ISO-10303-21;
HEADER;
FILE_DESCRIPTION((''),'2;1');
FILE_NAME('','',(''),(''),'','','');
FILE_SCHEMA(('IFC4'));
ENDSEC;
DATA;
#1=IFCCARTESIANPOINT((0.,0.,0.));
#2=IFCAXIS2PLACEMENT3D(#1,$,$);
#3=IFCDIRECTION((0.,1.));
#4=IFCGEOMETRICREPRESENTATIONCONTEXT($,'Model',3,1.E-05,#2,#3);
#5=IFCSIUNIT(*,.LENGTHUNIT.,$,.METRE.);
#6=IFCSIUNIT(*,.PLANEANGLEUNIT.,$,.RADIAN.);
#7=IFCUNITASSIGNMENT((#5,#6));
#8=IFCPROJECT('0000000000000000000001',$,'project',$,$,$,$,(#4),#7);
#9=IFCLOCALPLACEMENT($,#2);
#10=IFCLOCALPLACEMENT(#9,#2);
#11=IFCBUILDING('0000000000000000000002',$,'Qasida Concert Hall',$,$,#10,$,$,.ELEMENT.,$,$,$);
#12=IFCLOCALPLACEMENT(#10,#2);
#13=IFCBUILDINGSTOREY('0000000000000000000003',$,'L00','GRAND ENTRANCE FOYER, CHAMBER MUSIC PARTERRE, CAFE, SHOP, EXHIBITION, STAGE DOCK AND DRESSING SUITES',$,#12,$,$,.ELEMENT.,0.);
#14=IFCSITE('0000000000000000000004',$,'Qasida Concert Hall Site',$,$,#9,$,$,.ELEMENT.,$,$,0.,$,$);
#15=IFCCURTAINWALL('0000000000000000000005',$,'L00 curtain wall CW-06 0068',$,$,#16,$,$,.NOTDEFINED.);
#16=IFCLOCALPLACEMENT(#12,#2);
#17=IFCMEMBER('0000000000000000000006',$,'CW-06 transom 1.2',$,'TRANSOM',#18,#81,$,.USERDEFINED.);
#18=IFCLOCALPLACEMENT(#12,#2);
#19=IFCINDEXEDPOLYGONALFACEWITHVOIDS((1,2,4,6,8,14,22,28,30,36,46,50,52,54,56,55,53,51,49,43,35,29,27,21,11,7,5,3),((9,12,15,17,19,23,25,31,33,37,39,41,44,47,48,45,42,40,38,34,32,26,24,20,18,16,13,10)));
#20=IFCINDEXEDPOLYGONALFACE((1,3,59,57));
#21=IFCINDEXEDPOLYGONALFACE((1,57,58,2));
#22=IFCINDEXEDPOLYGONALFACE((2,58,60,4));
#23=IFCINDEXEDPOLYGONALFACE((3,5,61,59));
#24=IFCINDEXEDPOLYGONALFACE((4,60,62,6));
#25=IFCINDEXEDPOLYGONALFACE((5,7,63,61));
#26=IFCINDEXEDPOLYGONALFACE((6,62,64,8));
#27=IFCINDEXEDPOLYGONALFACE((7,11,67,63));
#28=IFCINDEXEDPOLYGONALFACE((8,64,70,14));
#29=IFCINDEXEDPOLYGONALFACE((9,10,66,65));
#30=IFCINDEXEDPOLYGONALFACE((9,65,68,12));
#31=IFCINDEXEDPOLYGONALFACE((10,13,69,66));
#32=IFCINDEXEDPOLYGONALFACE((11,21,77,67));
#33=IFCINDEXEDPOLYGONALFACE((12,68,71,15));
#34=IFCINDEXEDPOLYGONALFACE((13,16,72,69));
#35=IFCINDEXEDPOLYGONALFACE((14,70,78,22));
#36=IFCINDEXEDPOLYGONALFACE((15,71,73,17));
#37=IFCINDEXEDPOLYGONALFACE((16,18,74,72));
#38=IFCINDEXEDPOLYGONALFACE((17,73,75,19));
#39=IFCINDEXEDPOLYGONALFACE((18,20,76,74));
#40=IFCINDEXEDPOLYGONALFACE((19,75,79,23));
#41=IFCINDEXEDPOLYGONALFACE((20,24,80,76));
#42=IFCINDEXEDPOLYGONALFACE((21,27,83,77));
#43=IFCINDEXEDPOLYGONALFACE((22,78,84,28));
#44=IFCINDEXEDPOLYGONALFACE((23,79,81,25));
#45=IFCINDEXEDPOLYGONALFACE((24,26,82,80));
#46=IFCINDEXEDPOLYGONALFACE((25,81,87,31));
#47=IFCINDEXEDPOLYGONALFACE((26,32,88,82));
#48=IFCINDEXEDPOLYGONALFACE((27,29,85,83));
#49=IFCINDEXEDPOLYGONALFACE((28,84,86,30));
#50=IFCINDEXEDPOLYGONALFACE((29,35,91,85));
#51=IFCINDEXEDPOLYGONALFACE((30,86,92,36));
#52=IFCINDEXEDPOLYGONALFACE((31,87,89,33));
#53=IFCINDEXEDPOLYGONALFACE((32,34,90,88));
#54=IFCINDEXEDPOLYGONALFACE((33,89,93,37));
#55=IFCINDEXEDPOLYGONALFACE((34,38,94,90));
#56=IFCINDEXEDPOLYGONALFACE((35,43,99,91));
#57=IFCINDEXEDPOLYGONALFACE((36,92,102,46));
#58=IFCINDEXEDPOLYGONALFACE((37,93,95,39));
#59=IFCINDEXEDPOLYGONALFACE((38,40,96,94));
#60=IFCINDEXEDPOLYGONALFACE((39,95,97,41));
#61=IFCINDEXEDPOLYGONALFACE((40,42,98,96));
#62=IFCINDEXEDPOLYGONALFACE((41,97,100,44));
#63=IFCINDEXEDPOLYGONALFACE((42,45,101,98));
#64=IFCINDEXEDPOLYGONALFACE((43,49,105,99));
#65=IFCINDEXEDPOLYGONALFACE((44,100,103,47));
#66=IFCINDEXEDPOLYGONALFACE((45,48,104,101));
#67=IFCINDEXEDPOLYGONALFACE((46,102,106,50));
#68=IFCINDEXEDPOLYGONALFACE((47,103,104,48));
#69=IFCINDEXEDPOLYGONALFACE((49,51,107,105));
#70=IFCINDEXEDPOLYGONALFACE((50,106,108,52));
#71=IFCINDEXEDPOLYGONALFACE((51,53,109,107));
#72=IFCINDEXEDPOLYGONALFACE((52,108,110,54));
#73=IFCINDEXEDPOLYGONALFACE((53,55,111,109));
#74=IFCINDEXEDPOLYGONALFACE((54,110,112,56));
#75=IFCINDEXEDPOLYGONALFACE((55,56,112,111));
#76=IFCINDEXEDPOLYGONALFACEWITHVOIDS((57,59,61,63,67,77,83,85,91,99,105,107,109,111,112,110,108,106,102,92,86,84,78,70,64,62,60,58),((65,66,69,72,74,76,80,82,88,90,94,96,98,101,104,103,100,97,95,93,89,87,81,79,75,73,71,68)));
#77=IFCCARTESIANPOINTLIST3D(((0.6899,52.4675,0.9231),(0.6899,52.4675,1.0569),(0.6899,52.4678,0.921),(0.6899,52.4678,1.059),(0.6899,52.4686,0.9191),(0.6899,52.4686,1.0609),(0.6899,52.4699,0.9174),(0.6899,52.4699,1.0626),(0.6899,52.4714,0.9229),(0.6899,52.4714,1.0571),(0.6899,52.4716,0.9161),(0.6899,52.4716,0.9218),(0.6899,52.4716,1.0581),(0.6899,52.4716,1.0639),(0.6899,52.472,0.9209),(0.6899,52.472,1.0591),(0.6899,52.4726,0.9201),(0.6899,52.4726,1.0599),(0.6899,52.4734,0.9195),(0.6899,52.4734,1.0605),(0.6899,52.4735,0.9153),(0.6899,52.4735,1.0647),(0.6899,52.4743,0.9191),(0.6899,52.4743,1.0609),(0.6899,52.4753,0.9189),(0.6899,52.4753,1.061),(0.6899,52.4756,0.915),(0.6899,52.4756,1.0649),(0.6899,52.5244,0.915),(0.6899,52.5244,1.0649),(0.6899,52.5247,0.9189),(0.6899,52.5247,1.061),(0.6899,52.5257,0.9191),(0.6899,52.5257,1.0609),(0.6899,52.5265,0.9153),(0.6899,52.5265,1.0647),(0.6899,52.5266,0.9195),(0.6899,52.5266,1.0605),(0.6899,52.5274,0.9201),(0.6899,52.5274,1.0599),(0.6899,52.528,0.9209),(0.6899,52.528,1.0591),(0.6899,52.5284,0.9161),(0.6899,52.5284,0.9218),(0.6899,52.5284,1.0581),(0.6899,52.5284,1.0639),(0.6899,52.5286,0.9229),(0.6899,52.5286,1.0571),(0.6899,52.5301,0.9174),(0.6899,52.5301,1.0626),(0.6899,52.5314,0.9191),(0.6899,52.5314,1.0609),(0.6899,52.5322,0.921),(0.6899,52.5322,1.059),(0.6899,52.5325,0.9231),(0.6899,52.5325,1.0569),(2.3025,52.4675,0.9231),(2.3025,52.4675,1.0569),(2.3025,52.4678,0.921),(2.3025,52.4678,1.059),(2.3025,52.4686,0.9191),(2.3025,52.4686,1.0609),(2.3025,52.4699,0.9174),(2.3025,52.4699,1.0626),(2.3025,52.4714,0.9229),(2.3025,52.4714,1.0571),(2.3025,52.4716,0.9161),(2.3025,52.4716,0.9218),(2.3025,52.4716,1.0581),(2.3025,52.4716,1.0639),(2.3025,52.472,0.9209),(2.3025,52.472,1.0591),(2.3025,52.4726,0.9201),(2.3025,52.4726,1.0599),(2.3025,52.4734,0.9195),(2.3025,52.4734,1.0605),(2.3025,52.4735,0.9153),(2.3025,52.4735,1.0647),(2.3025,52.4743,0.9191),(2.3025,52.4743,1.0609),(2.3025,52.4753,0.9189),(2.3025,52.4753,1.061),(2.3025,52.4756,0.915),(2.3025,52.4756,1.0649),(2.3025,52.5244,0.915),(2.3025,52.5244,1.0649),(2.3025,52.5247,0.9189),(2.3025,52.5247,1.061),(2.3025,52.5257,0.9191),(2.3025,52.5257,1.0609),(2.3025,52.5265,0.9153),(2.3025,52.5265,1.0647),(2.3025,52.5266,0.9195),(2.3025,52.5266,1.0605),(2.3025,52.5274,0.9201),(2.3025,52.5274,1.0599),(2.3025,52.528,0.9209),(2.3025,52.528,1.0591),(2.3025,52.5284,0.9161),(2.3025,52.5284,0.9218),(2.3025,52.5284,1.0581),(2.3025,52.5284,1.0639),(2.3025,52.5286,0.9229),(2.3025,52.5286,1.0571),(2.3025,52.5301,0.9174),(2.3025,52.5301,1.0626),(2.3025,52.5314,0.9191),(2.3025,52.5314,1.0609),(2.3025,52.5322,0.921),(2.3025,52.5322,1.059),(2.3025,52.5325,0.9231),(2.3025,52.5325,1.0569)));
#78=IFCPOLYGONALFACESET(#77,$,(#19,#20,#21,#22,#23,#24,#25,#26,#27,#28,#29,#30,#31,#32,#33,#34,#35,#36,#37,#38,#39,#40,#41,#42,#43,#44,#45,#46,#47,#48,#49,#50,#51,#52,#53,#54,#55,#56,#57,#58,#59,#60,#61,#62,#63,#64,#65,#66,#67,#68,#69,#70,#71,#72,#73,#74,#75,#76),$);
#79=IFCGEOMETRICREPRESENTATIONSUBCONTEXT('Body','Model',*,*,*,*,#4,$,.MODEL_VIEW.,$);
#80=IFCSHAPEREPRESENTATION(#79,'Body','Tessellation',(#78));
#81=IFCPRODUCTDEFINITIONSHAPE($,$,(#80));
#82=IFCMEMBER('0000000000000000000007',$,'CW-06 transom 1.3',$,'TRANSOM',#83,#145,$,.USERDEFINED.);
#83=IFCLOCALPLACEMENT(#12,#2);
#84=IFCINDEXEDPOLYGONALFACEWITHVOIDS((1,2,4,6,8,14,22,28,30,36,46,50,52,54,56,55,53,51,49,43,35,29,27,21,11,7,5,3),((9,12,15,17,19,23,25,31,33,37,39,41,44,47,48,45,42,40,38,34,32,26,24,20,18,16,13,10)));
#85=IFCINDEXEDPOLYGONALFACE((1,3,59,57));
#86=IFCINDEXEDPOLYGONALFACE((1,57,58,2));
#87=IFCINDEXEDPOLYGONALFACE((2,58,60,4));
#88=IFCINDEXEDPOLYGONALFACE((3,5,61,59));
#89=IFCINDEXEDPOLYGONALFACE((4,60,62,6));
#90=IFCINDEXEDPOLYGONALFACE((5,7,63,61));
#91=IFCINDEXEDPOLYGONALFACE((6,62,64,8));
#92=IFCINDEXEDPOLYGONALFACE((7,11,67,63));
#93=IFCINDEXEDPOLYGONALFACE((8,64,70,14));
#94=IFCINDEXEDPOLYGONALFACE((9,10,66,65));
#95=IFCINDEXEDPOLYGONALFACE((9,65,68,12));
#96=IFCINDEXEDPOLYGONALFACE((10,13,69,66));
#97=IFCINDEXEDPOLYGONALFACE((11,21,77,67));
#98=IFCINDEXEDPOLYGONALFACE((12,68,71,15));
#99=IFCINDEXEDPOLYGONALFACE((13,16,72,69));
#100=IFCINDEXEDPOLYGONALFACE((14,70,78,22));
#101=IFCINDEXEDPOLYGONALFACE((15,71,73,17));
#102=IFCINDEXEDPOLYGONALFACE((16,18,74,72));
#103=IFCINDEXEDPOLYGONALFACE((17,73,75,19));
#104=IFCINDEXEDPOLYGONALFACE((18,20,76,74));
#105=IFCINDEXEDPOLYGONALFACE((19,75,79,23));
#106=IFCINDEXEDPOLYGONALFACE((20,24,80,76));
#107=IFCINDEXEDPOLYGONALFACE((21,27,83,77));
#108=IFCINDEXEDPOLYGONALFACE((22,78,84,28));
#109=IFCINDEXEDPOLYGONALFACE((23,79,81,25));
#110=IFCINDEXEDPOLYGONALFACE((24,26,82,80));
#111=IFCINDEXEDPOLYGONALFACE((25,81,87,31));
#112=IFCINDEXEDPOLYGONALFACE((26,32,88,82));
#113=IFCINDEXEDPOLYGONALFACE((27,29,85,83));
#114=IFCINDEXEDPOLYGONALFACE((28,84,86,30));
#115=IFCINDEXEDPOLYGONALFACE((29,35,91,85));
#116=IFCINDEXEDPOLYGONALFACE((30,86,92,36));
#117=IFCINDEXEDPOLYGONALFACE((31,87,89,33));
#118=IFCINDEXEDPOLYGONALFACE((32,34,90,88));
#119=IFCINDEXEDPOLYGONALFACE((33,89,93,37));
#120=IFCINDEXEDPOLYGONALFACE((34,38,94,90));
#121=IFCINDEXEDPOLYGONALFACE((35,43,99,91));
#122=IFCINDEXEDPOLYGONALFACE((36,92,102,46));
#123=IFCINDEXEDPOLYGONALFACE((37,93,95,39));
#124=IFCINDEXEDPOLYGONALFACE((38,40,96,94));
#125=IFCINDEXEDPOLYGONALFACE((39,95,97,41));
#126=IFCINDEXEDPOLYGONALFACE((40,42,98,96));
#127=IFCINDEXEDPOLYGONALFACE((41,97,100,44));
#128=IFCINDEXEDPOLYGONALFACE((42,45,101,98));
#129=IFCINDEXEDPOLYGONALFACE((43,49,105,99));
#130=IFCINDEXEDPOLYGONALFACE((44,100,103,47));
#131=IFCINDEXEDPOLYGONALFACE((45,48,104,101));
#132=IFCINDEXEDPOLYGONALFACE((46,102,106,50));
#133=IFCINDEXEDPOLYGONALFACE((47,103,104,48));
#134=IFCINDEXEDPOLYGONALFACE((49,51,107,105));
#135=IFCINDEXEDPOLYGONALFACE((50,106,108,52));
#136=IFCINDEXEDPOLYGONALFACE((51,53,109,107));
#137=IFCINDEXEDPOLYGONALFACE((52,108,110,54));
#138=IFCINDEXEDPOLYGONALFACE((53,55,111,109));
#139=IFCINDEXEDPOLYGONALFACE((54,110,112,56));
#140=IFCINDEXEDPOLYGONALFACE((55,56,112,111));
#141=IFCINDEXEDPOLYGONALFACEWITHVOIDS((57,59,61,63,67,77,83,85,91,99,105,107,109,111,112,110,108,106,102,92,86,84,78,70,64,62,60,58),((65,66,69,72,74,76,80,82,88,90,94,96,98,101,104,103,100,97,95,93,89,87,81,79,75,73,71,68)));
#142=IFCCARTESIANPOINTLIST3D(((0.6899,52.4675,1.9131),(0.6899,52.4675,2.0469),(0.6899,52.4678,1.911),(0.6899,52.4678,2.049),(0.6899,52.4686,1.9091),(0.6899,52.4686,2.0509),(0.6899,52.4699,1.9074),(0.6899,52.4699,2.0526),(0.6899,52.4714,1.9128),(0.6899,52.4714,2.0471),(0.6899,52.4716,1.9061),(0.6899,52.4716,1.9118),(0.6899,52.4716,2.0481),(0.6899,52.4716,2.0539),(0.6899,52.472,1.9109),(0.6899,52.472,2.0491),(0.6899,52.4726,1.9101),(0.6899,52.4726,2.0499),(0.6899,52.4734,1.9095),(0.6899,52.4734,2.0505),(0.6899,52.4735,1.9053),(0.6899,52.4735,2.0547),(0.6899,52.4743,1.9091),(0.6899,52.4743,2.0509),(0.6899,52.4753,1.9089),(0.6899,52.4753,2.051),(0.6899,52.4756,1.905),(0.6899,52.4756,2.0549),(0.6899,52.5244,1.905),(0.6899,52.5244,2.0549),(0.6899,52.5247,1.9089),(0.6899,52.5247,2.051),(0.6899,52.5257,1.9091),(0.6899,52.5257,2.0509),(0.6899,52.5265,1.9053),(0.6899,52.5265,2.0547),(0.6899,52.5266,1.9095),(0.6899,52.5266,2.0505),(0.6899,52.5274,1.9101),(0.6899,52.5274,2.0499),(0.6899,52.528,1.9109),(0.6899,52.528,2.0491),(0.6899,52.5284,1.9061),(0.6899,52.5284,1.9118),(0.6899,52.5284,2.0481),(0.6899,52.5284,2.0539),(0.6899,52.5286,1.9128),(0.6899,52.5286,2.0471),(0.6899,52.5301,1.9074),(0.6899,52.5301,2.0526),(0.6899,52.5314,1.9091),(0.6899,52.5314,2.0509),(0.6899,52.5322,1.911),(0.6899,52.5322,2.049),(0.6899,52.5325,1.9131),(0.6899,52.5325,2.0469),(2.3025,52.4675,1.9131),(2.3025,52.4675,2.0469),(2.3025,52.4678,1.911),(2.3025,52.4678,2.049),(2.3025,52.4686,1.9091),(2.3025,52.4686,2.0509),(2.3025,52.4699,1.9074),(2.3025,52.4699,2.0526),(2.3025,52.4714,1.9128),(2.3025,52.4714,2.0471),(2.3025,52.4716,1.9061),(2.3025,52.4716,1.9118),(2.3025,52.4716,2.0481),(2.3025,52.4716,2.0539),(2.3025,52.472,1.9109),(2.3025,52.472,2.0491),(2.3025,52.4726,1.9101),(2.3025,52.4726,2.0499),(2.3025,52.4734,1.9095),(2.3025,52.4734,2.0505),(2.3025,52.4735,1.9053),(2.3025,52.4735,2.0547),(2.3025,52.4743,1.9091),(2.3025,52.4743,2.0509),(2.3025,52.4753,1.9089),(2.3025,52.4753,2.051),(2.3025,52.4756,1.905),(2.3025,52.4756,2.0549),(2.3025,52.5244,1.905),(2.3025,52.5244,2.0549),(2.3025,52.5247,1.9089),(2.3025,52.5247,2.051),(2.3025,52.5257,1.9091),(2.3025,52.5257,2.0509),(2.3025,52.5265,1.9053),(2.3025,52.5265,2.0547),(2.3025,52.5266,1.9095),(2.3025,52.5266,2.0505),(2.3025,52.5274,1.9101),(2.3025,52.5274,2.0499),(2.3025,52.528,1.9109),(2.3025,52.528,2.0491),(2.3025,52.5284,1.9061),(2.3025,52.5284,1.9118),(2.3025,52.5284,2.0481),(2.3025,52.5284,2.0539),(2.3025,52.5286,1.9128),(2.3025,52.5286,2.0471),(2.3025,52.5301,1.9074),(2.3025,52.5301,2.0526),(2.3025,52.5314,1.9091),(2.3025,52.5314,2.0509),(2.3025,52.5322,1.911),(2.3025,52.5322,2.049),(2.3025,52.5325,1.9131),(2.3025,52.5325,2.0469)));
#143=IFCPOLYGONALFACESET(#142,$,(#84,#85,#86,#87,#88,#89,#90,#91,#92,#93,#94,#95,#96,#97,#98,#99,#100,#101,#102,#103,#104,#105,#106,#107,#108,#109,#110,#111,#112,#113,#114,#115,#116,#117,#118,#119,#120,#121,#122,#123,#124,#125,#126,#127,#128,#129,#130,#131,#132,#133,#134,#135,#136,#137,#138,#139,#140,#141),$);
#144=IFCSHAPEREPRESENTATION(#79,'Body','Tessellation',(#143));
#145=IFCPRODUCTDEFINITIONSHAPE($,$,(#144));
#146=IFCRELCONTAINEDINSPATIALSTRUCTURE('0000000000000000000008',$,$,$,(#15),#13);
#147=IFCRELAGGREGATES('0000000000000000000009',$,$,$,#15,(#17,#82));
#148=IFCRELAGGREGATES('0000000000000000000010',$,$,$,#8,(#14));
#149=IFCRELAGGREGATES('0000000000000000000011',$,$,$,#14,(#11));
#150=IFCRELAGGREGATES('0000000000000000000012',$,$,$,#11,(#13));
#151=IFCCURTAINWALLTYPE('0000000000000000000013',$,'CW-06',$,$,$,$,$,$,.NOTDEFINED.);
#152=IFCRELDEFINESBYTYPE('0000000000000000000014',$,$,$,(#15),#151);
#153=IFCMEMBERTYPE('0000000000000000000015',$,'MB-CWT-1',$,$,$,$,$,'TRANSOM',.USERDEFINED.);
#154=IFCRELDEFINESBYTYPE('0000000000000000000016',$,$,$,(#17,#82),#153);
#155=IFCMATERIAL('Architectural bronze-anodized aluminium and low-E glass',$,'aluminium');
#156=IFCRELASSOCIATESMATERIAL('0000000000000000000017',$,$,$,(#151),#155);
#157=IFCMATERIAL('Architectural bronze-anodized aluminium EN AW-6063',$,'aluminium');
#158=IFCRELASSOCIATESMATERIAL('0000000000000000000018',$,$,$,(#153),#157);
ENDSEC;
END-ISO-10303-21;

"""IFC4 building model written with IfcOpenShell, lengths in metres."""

from ifc_helpers import new_model, si_unit, direction, frame, origin, origin_2d, place, context, subcontext, project, spatial, hollow_rectangle, extrude, material, material_profile, profile_set, type_object, element, aggregate, save


model = new_model("IFC4")

# Units and contexts
model_context = context("Model", 3, precision=1e-05, world=origin(), true_north=direction((0.0, 1.0)))
body_context = subcontext(model_context, "Body", "Model", "MODEL_VIEW")
ifc_project = project(units=[si_unit("LENGTHUNIT", "METRE"), si_unit("PLANEANGLEUNIT", "RADIAN")], contexts=[model_context])

# Site, building, storey
site_placement = place(None, origin())
site = spatial("IfcSite", under=ifc_project, at=site_placement, Name="Qasida Concert Hall Site", CompositionType="ELEMENT", RefElevation=0.0)
building_placement = place(site_placement, origin())
building = spatial("IfcBuilding", under=site, at=building_placement, Name="Qasida Concert Hall", CompositionType="ELEMENT")
storey_placement = place(building_placement, origin())
storey = spatial("IfcBuildingStorey", under=building, at=storey_placement, Name="L00", Description="GRAND ENTRANCE FOYER, CHAMBER MUSIC PARTERRE, CAFE, SHOP, EXHIBITION, STAGE DOCK AND DRESSING SUITES", CompositionType="ELEMENT", Elevation=0.0)

# Curtain wall, members
ifc_material_1 = material(Name="Architectural bronze-anodized aluminium and low-E glass", Category="aluminium")
curtain_wall_type = type_object("IfcCurtainWallType", Name="CW-06", PredefinedType="NOTDEFINED", material=ifc_material_1)
curtain_wall_placement = place(storey_placement, origin())
curtain_wall = element("IfcCurtainWall", 1, at=curtain_wall_placement, inside=storey, type_object=curtain_wall_type, Name="L00 curtain wall CW-06 0068", PredefinedType="NOTDEFINED")
ifc_material_2 = material(Name="Architectural bronze-anodized aluminium EN AW-6063", Category="aluminium")
ifc_material_profile_1 = material_profile(ifc_material_2, hollow_rectangle(XDim=0.0649, YDim=0.1499, WallThickness=0.0039, InnerFilletRadius=0.0039, OuterFilletRadius=0.0081, at=origin_2d()), Name="CWT 150x65x4")
ifc_profile_set_1 = profile_set([ifc_material_profile_1], Name="Architectural bronze-anodized aluminium EN AW-6063")
member_type_1 = type_object("IfcMemberType", Name="MB-CWT-1", ElementType="TRANSOM", PredefinedType="USERDEFINED", material=ifc_profile_set_1)
member_1_placement = place(storey_placement, frame((0.6899, 52.5, 0.99), z_axis=(1.0, 0.0, 0.0), x_axis=(0.0, 1.0, 0.0)))
member_1 = element("IfcMember", 2, at=member_1_placement, type_object=member_type_1, Name="CW-06 transom 1.2", ObjectType="TRANSOM", PredefinedType="USERDEFINED", context=body_context, shape_type="SweptSolid", body=[
    extrude(hollow_rectangle(XDim=0.0649, YDim=0.1499, WallThickness=0.0039, InnerFilletRadius=0.0039, OuterFilletRadius=0.0081, at=origin_2d()), origin(), (0.0, 0.0, 1.0), 1.6125),
])
member_2_placement = place(storey_placement, frame((0.6899, 52.5, 1.98), z_axis=(1.0, 0.0, 0.0), x_axis=(0.0, 1.0, 0.0)))
member_2 = element("IfcMember", 3, at=member_2_placement, type_object=member_type_1, Name="CW-06 transom 1.3", ObjectType="TRANSOM", PredefinedType="USERDEFINED", context=body_context, shape_type="SweptSolid", body=[
    extrude(hollow_rectangle(XDim=0.0649, YDim=0.1499, WallThickness=0.0039, InnerFilletRadius=0.0039, OuterFilletRadius=0.0081, at=origin_2d()), origin(), (0.0, 0.0, 1.0), 1.6125),
])
aggregate(curtain_wall, [member_1, member_2])

save(model, "model.ifc")
